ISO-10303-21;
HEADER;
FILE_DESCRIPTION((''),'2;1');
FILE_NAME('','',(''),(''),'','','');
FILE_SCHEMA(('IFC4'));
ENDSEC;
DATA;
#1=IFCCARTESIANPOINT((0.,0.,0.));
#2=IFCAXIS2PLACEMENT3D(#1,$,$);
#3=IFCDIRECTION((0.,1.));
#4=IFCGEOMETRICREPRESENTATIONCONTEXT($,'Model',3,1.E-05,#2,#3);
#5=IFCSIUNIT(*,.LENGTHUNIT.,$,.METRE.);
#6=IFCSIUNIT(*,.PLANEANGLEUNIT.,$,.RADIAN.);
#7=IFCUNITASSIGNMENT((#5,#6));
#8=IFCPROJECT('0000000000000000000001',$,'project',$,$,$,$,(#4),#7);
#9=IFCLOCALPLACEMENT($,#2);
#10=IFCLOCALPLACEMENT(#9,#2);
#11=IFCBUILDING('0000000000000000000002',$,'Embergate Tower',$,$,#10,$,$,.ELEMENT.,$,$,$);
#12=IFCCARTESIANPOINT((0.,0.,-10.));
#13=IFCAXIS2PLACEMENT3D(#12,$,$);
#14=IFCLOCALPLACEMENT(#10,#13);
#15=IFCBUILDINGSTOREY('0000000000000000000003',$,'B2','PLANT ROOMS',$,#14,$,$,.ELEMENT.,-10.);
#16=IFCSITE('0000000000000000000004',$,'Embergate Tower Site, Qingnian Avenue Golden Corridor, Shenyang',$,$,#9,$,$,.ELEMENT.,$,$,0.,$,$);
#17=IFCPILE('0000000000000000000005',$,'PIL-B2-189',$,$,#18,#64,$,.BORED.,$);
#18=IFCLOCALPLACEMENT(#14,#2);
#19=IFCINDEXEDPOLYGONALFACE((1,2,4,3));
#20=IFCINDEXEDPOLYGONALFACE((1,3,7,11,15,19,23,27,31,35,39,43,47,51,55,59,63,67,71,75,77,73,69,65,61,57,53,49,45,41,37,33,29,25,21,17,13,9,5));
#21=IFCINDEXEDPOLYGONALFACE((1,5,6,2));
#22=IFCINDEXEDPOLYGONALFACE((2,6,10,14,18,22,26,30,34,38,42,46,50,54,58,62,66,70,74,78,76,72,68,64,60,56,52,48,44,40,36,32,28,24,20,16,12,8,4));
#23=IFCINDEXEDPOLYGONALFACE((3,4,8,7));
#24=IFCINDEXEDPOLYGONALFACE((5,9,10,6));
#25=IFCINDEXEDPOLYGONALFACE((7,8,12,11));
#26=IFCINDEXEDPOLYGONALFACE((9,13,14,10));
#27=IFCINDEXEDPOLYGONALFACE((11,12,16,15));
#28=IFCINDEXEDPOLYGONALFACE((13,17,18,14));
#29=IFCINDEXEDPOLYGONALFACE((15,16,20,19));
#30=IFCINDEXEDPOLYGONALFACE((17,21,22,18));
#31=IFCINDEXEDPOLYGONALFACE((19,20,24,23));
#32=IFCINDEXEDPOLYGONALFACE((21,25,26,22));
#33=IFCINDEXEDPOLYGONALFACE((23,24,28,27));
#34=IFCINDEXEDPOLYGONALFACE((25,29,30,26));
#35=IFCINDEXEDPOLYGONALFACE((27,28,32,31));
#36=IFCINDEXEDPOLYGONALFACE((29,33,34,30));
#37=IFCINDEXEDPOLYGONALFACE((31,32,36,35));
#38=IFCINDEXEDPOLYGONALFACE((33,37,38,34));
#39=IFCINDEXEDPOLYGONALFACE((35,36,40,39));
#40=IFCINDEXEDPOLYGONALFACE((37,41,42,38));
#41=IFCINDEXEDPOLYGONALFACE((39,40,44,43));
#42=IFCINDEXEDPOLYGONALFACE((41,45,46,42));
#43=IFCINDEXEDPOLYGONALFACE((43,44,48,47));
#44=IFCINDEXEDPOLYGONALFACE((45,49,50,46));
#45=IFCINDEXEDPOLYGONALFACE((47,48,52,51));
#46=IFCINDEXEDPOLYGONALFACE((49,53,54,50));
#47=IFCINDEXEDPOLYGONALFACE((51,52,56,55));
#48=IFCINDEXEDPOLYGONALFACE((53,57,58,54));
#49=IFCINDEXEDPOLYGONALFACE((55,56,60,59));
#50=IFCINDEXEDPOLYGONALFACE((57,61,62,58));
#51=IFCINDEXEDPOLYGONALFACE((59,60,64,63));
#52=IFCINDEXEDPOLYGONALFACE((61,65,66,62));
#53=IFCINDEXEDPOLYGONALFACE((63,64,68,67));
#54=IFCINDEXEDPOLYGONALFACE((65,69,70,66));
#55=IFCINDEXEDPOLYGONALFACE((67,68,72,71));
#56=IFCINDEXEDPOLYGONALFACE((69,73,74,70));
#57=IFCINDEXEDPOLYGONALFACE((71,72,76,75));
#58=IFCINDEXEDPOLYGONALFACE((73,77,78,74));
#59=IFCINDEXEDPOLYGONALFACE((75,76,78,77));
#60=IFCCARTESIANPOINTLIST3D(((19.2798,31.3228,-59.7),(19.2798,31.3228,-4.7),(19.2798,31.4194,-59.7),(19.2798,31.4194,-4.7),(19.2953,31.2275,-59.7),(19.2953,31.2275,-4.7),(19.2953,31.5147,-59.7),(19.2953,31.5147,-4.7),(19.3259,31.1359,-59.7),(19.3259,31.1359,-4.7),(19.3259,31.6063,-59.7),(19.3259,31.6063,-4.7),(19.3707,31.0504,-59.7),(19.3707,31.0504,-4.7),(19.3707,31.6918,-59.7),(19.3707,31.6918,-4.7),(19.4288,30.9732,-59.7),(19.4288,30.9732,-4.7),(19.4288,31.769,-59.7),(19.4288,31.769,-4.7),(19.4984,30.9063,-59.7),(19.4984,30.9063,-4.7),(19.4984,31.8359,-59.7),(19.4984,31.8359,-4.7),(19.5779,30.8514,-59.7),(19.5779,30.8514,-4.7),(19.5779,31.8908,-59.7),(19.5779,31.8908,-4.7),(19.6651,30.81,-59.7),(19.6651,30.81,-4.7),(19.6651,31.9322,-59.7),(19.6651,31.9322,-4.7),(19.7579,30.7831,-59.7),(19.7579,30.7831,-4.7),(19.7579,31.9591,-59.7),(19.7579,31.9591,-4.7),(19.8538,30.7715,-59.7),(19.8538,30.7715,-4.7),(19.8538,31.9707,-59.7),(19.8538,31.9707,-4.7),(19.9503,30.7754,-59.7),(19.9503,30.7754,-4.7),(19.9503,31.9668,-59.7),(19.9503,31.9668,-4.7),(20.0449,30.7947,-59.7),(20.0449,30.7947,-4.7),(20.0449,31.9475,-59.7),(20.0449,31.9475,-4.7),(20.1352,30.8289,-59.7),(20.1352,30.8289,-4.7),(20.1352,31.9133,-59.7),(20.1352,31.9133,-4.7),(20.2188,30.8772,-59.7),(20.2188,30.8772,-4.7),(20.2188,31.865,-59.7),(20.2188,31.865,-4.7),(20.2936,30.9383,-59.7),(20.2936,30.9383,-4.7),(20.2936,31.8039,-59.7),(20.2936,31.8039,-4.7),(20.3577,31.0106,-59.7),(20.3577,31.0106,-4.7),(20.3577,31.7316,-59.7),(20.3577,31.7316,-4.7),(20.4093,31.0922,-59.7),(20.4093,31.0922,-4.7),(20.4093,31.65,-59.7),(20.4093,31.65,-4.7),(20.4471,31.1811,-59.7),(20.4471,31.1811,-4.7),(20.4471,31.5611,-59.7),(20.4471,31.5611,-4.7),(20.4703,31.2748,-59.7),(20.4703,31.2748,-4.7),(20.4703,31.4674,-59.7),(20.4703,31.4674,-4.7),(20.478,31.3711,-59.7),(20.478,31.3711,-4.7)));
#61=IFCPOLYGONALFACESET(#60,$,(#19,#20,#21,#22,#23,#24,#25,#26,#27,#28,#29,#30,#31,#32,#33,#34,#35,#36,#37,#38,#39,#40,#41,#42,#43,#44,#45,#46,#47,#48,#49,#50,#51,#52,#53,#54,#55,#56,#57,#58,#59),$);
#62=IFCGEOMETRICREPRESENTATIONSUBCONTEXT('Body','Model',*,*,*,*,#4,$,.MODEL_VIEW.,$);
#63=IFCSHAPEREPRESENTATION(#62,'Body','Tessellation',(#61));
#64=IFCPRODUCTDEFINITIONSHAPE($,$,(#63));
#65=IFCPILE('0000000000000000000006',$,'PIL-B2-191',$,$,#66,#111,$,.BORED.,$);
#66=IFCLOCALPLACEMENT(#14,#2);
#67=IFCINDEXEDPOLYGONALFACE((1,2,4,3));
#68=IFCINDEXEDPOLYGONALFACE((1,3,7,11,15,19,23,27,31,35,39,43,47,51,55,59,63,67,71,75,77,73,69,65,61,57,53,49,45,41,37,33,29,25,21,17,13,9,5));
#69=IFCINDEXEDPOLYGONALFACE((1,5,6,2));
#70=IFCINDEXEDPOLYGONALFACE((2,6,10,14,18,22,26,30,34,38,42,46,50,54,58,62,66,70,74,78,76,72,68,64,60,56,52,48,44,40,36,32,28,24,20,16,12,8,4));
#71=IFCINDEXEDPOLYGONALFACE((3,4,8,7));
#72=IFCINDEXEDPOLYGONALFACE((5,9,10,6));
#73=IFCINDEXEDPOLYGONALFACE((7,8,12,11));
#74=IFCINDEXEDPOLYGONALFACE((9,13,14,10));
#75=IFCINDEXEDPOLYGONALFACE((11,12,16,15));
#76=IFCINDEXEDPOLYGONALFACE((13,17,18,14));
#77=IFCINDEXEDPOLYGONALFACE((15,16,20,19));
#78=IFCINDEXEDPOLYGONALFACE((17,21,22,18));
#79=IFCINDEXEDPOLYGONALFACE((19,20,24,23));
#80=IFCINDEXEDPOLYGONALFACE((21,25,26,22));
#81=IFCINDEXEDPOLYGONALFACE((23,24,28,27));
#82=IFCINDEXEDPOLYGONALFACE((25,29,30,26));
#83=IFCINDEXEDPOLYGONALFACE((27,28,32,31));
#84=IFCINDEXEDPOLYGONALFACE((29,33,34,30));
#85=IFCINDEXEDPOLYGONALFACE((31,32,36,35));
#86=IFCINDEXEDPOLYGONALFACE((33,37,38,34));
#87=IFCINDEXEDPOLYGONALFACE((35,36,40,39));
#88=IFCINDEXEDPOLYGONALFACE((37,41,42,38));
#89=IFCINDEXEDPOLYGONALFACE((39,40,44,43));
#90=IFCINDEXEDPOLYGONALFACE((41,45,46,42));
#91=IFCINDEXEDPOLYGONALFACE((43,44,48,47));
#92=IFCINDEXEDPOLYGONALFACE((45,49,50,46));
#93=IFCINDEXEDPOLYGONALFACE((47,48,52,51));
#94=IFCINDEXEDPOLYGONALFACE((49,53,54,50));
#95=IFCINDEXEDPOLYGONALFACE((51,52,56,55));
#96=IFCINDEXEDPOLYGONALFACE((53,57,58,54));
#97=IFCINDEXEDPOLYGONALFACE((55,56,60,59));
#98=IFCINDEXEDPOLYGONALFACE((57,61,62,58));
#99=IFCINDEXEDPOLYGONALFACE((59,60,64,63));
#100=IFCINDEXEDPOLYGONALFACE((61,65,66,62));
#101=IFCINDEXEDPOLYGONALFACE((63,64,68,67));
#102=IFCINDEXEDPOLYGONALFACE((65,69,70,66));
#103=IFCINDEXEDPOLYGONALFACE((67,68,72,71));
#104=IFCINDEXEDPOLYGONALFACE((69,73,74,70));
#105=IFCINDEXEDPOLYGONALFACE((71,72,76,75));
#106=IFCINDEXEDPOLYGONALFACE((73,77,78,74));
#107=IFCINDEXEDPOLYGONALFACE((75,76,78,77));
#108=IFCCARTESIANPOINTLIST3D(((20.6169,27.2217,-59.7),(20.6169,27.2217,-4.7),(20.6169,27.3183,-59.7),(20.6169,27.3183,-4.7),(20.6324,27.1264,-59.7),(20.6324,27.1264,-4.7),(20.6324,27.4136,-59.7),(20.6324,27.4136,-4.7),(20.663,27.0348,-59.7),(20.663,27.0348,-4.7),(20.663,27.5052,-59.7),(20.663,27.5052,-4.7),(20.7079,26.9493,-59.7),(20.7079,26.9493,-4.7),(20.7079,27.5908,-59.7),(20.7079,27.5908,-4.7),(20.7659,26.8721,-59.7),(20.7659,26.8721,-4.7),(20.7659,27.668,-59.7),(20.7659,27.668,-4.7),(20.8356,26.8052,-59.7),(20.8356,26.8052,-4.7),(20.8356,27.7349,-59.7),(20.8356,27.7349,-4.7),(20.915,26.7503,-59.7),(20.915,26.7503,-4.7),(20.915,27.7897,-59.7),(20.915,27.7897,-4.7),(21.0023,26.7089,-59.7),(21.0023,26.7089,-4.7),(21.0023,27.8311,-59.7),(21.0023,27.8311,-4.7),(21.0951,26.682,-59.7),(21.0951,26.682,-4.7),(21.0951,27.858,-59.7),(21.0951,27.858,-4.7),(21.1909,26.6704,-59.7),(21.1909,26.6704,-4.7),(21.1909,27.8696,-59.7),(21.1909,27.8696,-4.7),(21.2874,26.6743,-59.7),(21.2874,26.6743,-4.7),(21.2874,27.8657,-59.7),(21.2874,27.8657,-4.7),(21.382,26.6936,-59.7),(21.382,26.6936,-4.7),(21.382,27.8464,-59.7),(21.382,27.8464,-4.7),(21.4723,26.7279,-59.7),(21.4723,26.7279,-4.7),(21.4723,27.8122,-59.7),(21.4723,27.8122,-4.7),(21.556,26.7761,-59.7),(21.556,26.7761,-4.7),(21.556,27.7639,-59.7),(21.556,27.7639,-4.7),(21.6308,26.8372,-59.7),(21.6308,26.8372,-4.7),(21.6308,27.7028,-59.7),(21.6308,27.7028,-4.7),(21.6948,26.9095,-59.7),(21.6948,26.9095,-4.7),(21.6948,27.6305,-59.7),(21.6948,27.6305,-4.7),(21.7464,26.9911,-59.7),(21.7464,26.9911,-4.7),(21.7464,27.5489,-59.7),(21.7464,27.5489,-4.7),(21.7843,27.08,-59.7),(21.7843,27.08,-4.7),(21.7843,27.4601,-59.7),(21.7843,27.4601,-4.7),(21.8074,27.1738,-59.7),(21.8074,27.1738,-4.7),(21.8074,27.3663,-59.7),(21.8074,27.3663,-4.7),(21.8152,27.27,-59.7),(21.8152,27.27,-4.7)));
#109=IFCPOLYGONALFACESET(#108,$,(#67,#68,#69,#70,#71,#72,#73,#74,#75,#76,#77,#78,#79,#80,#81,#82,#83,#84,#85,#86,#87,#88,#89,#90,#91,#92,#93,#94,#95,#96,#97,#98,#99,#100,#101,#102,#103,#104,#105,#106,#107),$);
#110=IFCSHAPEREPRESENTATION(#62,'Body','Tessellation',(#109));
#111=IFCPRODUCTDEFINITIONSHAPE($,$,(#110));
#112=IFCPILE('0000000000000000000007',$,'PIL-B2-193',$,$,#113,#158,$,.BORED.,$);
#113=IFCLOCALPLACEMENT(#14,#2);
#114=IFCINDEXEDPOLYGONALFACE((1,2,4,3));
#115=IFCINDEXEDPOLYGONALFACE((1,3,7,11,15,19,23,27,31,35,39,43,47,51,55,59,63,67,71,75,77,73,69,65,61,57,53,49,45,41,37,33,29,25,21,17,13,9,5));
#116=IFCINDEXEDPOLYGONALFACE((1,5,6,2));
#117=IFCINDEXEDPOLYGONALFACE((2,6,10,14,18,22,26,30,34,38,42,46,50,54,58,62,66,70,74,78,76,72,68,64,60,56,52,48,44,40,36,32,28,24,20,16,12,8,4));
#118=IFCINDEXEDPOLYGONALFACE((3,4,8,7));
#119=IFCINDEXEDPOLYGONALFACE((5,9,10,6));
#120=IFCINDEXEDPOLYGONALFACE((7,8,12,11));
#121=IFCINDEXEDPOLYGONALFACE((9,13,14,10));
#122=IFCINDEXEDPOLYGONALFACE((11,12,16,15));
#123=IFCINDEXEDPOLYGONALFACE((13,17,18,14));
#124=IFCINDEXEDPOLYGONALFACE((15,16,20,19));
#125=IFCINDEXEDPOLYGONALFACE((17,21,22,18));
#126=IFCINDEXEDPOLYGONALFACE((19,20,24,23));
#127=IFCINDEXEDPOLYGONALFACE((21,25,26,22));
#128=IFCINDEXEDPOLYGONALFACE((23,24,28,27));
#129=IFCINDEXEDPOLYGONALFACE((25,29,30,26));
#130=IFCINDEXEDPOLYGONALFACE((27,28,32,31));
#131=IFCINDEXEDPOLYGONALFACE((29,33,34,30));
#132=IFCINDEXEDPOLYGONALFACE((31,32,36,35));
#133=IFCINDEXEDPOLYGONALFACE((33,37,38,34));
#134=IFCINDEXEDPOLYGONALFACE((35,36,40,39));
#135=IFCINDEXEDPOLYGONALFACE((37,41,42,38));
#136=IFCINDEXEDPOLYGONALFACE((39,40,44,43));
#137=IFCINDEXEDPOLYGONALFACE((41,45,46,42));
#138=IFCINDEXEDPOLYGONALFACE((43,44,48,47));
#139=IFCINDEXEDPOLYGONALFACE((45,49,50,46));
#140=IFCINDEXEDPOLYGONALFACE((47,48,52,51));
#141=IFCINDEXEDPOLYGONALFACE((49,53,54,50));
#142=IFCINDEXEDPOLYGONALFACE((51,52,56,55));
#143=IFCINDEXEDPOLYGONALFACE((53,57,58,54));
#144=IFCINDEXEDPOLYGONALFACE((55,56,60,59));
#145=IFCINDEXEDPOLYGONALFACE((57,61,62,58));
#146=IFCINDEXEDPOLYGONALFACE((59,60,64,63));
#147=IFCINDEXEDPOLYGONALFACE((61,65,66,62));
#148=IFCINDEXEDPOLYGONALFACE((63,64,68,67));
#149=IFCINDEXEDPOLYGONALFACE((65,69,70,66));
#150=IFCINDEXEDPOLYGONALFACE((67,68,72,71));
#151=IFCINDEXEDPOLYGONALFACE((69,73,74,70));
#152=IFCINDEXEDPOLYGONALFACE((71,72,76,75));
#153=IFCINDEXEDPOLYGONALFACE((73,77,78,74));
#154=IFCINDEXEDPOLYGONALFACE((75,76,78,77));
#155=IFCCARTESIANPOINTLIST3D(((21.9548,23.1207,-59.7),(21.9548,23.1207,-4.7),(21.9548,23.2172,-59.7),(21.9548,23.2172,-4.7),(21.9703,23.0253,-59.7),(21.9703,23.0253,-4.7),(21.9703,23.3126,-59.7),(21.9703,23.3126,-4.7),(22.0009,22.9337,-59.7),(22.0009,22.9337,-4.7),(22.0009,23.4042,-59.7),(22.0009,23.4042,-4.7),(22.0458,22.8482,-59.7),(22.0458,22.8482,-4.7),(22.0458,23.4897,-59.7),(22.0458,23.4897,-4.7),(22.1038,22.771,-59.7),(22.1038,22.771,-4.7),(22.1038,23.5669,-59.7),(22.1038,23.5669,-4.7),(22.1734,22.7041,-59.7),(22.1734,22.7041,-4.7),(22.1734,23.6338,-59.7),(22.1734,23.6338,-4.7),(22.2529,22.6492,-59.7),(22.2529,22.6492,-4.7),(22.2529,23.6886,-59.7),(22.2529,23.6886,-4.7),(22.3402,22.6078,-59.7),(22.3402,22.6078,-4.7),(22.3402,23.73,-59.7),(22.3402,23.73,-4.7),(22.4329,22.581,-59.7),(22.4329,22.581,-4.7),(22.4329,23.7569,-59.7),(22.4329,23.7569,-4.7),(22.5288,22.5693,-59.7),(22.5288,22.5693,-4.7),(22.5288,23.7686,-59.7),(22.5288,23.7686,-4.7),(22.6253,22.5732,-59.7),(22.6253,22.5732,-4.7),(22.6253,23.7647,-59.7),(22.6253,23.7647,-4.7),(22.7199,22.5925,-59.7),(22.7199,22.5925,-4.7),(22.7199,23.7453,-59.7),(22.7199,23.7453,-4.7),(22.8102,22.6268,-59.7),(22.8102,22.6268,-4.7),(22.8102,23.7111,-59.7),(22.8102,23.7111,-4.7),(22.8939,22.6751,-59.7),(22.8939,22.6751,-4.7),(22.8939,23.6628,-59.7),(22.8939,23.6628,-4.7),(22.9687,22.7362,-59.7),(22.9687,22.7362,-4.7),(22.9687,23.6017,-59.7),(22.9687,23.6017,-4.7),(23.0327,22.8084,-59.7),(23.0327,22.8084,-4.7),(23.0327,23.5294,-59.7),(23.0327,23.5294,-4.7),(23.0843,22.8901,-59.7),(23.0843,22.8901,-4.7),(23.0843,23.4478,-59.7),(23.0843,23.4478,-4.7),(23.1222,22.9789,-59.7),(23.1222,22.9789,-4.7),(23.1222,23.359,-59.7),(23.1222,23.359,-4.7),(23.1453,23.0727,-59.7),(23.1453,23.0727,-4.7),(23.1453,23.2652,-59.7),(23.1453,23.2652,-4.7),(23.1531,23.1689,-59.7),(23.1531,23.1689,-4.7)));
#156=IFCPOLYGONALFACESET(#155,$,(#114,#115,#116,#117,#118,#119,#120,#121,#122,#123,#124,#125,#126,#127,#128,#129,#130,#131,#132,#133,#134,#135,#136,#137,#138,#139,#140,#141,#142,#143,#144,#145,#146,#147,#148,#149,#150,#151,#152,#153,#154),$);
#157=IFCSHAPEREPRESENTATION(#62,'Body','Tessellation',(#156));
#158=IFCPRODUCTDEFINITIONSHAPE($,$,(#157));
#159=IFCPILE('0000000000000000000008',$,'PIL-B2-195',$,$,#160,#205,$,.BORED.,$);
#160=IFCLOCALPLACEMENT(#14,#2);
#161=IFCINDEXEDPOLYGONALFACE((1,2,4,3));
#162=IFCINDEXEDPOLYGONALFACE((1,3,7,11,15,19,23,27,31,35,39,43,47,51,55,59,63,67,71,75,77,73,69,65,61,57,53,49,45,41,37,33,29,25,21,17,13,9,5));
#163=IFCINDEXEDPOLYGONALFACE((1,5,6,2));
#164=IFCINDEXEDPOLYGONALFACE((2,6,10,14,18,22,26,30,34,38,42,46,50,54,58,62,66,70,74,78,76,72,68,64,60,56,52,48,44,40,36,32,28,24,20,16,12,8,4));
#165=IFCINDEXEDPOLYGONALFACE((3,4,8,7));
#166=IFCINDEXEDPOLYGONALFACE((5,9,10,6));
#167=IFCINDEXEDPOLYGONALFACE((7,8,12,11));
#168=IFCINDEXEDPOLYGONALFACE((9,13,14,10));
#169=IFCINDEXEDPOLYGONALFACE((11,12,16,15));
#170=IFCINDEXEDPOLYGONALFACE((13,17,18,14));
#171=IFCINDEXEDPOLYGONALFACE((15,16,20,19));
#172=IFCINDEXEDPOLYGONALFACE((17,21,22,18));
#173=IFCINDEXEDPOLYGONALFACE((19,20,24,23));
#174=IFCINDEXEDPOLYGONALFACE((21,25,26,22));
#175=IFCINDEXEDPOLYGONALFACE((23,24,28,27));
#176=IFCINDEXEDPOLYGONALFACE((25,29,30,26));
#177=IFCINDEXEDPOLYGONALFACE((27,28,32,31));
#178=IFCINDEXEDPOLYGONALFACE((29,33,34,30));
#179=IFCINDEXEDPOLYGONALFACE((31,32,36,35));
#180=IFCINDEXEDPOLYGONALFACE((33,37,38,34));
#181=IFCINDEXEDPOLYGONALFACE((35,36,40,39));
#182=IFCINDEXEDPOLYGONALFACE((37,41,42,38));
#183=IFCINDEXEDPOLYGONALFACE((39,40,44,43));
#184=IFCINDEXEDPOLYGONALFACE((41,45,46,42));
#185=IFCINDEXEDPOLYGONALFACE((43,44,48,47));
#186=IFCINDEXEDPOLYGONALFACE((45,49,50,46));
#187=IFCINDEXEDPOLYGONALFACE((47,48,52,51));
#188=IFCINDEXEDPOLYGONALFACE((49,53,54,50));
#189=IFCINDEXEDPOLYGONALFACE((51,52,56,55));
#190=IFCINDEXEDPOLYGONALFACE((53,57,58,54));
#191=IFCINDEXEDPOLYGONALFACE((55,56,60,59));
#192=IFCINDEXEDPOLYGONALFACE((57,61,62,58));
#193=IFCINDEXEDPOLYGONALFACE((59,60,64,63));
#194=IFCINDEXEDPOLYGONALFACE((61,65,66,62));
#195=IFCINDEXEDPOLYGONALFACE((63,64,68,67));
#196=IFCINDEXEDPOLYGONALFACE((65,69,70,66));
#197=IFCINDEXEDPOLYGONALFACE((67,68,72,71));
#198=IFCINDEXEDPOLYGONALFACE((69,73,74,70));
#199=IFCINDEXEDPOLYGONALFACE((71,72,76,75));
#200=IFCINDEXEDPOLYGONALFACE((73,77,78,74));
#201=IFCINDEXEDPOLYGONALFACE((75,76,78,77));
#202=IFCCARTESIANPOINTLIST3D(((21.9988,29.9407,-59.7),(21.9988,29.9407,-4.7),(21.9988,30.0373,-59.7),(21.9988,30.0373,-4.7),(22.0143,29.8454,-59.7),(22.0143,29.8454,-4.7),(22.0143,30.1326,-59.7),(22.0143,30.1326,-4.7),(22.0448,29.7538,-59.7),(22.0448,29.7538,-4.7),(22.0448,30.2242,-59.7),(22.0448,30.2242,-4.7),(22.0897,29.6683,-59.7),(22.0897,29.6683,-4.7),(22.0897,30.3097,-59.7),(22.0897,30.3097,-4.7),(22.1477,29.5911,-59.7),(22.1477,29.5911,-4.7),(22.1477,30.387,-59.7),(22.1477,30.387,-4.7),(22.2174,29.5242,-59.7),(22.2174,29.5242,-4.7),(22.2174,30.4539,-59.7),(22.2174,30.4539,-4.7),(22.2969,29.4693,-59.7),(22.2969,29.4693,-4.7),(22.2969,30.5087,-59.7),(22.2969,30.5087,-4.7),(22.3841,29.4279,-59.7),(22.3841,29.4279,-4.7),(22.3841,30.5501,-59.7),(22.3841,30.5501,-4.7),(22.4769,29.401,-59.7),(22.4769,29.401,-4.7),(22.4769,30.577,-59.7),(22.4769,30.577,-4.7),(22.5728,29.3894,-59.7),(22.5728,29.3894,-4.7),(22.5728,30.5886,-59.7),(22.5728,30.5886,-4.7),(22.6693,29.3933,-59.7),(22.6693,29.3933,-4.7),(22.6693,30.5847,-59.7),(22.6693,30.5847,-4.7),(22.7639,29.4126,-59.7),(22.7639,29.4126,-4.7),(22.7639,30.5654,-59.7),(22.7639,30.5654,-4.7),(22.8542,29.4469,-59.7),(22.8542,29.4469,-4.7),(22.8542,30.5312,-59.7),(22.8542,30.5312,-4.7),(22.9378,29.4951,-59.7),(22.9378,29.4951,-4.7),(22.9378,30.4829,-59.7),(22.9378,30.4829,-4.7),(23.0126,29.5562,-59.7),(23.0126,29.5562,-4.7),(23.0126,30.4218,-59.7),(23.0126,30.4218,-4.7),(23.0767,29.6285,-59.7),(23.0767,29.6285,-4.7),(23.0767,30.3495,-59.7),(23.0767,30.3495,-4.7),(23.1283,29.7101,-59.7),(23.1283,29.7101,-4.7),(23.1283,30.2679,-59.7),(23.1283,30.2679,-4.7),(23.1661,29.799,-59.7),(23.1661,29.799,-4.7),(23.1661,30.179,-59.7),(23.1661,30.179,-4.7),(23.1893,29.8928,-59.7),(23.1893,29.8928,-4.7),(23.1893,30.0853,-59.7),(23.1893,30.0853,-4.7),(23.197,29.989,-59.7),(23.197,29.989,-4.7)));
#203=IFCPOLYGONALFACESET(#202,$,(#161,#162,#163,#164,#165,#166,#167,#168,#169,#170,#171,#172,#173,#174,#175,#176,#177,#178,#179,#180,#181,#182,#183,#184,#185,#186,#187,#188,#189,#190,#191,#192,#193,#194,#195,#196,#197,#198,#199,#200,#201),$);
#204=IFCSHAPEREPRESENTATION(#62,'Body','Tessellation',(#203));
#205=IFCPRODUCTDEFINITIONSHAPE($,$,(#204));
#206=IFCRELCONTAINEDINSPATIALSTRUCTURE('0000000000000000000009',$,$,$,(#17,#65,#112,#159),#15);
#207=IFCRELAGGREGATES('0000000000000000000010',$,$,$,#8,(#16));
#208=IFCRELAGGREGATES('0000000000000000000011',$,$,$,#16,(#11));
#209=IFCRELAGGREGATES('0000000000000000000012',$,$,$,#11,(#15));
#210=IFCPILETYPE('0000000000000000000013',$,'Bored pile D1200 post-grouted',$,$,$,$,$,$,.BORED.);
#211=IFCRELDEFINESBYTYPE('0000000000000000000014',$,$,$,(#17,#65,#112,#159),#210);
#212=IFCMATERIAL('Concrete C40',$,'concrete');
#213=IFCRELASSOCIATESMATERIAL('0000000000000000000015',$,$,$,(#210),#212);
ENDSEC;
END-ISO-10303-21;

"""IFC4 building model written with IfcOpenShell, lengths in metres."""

from ifc_helpers import new_model, si_unit, direction, frame, origin, origin_2d, place, context, subcontext, project, spatial, circle, extrude, source, transform, mapped, material, material_profile, profile_set, type_object, element, save


model = new_model("IFC4")

# Units and contexts
model_context = context("Model", 3, precision=1e-05, world=origin(), true_north=direction((0.0, 1.0)))
body_context = subcontext(model_context, "Body", "Model", "MODEL_VIEW")
ifc_project = project(units=[si_unit("LENGTHUNIT", "METRE"), si_unit("PLANEANGLEUNIT", "RADIAN")], contexts=[model_context])

# Site, building, storey
site_placement = place(None, origin())
site = spatial("IfcSite", under=ifc_project, at=site_placement, Name="Embergate Tower Site, Qingnian Avenue Golden Corridor, Shenyang", CompositionType="ELEMENT", RefElevation=0.0)
building_placement = place(site_placement, origin())
building = spatial("IfcBuilding", under=site, at=building_placement, Name="Embergate Tower", CompositionType="ELEMENT")
storey_placement = place(building_placement, frame((0.0, 0.0, -10.0)))
storey = spatial("IfcBuildingStorey", under=building, at=storey_placement, Name="B2", Description="PLANT ROOMS", CompositionType="ELEMENT", Elevation=-10.0)

# Piles
ifc_material_1 = material(Name="Concrete C40", Category="concrete")
ifc_material_profile_1 = material_profile(ifc_material_1, circle(Radius=0.6001, at=origin_2d()), Name="D1200")
ifc_profile_set_1 = profile_set([ifc_material_profile_1], Name="Concrete C40")
pile_type = type_object("IfcPileType", Name="Bored pile D1200 post-grouted", PredefinedType="BORED", material=ifc_profile_set_1)
shared_shape_1 = source(origin(), body_context, "Body", "SweptSolid", [
    extrude(circle(Radius=0.6001, at=origin_2d()), origin(), (0.0, 0.0, 1.0), 55.0),
])
for number, where, z_axis, x_axis, name in (
    (1, (19.8779, 31.3711, -4.7), (0.0, 0.0, -1.0), (1.0, 0.0, 0.0), "PIL-B2-189"),
    (2, (21.2151, 27.27, -4.7), (0.0, 0.0, -1.0), (1.0, 0.0, 0.0), "PIL-B2-191"),
    (3, (22.553, 23.1689, -4.7), (0.0, 0.0, -1.0), (1.0, 0.0, 0.0), "PIL-B2-193"),
    (4, (22.5969, 29.989, -4.7), (0.0, 0.0, -1.0), (1.0, 0.0, 0.0), "PIL-B2-195"),
):
    element("IfcPile", number, at=place(storey_placement, frame(where, z_axis=z_axis, x_axis=x_axis)), inside=storey, type_object=pile_type, Name=name, PredefinedType="BORED", context=body_context, shape_type="MappedRepresentation", body=[
        mapped(shared_shape_1, transform((0.0, 0.0, 0.0))),
    ])

save(model, "model.ifc")
